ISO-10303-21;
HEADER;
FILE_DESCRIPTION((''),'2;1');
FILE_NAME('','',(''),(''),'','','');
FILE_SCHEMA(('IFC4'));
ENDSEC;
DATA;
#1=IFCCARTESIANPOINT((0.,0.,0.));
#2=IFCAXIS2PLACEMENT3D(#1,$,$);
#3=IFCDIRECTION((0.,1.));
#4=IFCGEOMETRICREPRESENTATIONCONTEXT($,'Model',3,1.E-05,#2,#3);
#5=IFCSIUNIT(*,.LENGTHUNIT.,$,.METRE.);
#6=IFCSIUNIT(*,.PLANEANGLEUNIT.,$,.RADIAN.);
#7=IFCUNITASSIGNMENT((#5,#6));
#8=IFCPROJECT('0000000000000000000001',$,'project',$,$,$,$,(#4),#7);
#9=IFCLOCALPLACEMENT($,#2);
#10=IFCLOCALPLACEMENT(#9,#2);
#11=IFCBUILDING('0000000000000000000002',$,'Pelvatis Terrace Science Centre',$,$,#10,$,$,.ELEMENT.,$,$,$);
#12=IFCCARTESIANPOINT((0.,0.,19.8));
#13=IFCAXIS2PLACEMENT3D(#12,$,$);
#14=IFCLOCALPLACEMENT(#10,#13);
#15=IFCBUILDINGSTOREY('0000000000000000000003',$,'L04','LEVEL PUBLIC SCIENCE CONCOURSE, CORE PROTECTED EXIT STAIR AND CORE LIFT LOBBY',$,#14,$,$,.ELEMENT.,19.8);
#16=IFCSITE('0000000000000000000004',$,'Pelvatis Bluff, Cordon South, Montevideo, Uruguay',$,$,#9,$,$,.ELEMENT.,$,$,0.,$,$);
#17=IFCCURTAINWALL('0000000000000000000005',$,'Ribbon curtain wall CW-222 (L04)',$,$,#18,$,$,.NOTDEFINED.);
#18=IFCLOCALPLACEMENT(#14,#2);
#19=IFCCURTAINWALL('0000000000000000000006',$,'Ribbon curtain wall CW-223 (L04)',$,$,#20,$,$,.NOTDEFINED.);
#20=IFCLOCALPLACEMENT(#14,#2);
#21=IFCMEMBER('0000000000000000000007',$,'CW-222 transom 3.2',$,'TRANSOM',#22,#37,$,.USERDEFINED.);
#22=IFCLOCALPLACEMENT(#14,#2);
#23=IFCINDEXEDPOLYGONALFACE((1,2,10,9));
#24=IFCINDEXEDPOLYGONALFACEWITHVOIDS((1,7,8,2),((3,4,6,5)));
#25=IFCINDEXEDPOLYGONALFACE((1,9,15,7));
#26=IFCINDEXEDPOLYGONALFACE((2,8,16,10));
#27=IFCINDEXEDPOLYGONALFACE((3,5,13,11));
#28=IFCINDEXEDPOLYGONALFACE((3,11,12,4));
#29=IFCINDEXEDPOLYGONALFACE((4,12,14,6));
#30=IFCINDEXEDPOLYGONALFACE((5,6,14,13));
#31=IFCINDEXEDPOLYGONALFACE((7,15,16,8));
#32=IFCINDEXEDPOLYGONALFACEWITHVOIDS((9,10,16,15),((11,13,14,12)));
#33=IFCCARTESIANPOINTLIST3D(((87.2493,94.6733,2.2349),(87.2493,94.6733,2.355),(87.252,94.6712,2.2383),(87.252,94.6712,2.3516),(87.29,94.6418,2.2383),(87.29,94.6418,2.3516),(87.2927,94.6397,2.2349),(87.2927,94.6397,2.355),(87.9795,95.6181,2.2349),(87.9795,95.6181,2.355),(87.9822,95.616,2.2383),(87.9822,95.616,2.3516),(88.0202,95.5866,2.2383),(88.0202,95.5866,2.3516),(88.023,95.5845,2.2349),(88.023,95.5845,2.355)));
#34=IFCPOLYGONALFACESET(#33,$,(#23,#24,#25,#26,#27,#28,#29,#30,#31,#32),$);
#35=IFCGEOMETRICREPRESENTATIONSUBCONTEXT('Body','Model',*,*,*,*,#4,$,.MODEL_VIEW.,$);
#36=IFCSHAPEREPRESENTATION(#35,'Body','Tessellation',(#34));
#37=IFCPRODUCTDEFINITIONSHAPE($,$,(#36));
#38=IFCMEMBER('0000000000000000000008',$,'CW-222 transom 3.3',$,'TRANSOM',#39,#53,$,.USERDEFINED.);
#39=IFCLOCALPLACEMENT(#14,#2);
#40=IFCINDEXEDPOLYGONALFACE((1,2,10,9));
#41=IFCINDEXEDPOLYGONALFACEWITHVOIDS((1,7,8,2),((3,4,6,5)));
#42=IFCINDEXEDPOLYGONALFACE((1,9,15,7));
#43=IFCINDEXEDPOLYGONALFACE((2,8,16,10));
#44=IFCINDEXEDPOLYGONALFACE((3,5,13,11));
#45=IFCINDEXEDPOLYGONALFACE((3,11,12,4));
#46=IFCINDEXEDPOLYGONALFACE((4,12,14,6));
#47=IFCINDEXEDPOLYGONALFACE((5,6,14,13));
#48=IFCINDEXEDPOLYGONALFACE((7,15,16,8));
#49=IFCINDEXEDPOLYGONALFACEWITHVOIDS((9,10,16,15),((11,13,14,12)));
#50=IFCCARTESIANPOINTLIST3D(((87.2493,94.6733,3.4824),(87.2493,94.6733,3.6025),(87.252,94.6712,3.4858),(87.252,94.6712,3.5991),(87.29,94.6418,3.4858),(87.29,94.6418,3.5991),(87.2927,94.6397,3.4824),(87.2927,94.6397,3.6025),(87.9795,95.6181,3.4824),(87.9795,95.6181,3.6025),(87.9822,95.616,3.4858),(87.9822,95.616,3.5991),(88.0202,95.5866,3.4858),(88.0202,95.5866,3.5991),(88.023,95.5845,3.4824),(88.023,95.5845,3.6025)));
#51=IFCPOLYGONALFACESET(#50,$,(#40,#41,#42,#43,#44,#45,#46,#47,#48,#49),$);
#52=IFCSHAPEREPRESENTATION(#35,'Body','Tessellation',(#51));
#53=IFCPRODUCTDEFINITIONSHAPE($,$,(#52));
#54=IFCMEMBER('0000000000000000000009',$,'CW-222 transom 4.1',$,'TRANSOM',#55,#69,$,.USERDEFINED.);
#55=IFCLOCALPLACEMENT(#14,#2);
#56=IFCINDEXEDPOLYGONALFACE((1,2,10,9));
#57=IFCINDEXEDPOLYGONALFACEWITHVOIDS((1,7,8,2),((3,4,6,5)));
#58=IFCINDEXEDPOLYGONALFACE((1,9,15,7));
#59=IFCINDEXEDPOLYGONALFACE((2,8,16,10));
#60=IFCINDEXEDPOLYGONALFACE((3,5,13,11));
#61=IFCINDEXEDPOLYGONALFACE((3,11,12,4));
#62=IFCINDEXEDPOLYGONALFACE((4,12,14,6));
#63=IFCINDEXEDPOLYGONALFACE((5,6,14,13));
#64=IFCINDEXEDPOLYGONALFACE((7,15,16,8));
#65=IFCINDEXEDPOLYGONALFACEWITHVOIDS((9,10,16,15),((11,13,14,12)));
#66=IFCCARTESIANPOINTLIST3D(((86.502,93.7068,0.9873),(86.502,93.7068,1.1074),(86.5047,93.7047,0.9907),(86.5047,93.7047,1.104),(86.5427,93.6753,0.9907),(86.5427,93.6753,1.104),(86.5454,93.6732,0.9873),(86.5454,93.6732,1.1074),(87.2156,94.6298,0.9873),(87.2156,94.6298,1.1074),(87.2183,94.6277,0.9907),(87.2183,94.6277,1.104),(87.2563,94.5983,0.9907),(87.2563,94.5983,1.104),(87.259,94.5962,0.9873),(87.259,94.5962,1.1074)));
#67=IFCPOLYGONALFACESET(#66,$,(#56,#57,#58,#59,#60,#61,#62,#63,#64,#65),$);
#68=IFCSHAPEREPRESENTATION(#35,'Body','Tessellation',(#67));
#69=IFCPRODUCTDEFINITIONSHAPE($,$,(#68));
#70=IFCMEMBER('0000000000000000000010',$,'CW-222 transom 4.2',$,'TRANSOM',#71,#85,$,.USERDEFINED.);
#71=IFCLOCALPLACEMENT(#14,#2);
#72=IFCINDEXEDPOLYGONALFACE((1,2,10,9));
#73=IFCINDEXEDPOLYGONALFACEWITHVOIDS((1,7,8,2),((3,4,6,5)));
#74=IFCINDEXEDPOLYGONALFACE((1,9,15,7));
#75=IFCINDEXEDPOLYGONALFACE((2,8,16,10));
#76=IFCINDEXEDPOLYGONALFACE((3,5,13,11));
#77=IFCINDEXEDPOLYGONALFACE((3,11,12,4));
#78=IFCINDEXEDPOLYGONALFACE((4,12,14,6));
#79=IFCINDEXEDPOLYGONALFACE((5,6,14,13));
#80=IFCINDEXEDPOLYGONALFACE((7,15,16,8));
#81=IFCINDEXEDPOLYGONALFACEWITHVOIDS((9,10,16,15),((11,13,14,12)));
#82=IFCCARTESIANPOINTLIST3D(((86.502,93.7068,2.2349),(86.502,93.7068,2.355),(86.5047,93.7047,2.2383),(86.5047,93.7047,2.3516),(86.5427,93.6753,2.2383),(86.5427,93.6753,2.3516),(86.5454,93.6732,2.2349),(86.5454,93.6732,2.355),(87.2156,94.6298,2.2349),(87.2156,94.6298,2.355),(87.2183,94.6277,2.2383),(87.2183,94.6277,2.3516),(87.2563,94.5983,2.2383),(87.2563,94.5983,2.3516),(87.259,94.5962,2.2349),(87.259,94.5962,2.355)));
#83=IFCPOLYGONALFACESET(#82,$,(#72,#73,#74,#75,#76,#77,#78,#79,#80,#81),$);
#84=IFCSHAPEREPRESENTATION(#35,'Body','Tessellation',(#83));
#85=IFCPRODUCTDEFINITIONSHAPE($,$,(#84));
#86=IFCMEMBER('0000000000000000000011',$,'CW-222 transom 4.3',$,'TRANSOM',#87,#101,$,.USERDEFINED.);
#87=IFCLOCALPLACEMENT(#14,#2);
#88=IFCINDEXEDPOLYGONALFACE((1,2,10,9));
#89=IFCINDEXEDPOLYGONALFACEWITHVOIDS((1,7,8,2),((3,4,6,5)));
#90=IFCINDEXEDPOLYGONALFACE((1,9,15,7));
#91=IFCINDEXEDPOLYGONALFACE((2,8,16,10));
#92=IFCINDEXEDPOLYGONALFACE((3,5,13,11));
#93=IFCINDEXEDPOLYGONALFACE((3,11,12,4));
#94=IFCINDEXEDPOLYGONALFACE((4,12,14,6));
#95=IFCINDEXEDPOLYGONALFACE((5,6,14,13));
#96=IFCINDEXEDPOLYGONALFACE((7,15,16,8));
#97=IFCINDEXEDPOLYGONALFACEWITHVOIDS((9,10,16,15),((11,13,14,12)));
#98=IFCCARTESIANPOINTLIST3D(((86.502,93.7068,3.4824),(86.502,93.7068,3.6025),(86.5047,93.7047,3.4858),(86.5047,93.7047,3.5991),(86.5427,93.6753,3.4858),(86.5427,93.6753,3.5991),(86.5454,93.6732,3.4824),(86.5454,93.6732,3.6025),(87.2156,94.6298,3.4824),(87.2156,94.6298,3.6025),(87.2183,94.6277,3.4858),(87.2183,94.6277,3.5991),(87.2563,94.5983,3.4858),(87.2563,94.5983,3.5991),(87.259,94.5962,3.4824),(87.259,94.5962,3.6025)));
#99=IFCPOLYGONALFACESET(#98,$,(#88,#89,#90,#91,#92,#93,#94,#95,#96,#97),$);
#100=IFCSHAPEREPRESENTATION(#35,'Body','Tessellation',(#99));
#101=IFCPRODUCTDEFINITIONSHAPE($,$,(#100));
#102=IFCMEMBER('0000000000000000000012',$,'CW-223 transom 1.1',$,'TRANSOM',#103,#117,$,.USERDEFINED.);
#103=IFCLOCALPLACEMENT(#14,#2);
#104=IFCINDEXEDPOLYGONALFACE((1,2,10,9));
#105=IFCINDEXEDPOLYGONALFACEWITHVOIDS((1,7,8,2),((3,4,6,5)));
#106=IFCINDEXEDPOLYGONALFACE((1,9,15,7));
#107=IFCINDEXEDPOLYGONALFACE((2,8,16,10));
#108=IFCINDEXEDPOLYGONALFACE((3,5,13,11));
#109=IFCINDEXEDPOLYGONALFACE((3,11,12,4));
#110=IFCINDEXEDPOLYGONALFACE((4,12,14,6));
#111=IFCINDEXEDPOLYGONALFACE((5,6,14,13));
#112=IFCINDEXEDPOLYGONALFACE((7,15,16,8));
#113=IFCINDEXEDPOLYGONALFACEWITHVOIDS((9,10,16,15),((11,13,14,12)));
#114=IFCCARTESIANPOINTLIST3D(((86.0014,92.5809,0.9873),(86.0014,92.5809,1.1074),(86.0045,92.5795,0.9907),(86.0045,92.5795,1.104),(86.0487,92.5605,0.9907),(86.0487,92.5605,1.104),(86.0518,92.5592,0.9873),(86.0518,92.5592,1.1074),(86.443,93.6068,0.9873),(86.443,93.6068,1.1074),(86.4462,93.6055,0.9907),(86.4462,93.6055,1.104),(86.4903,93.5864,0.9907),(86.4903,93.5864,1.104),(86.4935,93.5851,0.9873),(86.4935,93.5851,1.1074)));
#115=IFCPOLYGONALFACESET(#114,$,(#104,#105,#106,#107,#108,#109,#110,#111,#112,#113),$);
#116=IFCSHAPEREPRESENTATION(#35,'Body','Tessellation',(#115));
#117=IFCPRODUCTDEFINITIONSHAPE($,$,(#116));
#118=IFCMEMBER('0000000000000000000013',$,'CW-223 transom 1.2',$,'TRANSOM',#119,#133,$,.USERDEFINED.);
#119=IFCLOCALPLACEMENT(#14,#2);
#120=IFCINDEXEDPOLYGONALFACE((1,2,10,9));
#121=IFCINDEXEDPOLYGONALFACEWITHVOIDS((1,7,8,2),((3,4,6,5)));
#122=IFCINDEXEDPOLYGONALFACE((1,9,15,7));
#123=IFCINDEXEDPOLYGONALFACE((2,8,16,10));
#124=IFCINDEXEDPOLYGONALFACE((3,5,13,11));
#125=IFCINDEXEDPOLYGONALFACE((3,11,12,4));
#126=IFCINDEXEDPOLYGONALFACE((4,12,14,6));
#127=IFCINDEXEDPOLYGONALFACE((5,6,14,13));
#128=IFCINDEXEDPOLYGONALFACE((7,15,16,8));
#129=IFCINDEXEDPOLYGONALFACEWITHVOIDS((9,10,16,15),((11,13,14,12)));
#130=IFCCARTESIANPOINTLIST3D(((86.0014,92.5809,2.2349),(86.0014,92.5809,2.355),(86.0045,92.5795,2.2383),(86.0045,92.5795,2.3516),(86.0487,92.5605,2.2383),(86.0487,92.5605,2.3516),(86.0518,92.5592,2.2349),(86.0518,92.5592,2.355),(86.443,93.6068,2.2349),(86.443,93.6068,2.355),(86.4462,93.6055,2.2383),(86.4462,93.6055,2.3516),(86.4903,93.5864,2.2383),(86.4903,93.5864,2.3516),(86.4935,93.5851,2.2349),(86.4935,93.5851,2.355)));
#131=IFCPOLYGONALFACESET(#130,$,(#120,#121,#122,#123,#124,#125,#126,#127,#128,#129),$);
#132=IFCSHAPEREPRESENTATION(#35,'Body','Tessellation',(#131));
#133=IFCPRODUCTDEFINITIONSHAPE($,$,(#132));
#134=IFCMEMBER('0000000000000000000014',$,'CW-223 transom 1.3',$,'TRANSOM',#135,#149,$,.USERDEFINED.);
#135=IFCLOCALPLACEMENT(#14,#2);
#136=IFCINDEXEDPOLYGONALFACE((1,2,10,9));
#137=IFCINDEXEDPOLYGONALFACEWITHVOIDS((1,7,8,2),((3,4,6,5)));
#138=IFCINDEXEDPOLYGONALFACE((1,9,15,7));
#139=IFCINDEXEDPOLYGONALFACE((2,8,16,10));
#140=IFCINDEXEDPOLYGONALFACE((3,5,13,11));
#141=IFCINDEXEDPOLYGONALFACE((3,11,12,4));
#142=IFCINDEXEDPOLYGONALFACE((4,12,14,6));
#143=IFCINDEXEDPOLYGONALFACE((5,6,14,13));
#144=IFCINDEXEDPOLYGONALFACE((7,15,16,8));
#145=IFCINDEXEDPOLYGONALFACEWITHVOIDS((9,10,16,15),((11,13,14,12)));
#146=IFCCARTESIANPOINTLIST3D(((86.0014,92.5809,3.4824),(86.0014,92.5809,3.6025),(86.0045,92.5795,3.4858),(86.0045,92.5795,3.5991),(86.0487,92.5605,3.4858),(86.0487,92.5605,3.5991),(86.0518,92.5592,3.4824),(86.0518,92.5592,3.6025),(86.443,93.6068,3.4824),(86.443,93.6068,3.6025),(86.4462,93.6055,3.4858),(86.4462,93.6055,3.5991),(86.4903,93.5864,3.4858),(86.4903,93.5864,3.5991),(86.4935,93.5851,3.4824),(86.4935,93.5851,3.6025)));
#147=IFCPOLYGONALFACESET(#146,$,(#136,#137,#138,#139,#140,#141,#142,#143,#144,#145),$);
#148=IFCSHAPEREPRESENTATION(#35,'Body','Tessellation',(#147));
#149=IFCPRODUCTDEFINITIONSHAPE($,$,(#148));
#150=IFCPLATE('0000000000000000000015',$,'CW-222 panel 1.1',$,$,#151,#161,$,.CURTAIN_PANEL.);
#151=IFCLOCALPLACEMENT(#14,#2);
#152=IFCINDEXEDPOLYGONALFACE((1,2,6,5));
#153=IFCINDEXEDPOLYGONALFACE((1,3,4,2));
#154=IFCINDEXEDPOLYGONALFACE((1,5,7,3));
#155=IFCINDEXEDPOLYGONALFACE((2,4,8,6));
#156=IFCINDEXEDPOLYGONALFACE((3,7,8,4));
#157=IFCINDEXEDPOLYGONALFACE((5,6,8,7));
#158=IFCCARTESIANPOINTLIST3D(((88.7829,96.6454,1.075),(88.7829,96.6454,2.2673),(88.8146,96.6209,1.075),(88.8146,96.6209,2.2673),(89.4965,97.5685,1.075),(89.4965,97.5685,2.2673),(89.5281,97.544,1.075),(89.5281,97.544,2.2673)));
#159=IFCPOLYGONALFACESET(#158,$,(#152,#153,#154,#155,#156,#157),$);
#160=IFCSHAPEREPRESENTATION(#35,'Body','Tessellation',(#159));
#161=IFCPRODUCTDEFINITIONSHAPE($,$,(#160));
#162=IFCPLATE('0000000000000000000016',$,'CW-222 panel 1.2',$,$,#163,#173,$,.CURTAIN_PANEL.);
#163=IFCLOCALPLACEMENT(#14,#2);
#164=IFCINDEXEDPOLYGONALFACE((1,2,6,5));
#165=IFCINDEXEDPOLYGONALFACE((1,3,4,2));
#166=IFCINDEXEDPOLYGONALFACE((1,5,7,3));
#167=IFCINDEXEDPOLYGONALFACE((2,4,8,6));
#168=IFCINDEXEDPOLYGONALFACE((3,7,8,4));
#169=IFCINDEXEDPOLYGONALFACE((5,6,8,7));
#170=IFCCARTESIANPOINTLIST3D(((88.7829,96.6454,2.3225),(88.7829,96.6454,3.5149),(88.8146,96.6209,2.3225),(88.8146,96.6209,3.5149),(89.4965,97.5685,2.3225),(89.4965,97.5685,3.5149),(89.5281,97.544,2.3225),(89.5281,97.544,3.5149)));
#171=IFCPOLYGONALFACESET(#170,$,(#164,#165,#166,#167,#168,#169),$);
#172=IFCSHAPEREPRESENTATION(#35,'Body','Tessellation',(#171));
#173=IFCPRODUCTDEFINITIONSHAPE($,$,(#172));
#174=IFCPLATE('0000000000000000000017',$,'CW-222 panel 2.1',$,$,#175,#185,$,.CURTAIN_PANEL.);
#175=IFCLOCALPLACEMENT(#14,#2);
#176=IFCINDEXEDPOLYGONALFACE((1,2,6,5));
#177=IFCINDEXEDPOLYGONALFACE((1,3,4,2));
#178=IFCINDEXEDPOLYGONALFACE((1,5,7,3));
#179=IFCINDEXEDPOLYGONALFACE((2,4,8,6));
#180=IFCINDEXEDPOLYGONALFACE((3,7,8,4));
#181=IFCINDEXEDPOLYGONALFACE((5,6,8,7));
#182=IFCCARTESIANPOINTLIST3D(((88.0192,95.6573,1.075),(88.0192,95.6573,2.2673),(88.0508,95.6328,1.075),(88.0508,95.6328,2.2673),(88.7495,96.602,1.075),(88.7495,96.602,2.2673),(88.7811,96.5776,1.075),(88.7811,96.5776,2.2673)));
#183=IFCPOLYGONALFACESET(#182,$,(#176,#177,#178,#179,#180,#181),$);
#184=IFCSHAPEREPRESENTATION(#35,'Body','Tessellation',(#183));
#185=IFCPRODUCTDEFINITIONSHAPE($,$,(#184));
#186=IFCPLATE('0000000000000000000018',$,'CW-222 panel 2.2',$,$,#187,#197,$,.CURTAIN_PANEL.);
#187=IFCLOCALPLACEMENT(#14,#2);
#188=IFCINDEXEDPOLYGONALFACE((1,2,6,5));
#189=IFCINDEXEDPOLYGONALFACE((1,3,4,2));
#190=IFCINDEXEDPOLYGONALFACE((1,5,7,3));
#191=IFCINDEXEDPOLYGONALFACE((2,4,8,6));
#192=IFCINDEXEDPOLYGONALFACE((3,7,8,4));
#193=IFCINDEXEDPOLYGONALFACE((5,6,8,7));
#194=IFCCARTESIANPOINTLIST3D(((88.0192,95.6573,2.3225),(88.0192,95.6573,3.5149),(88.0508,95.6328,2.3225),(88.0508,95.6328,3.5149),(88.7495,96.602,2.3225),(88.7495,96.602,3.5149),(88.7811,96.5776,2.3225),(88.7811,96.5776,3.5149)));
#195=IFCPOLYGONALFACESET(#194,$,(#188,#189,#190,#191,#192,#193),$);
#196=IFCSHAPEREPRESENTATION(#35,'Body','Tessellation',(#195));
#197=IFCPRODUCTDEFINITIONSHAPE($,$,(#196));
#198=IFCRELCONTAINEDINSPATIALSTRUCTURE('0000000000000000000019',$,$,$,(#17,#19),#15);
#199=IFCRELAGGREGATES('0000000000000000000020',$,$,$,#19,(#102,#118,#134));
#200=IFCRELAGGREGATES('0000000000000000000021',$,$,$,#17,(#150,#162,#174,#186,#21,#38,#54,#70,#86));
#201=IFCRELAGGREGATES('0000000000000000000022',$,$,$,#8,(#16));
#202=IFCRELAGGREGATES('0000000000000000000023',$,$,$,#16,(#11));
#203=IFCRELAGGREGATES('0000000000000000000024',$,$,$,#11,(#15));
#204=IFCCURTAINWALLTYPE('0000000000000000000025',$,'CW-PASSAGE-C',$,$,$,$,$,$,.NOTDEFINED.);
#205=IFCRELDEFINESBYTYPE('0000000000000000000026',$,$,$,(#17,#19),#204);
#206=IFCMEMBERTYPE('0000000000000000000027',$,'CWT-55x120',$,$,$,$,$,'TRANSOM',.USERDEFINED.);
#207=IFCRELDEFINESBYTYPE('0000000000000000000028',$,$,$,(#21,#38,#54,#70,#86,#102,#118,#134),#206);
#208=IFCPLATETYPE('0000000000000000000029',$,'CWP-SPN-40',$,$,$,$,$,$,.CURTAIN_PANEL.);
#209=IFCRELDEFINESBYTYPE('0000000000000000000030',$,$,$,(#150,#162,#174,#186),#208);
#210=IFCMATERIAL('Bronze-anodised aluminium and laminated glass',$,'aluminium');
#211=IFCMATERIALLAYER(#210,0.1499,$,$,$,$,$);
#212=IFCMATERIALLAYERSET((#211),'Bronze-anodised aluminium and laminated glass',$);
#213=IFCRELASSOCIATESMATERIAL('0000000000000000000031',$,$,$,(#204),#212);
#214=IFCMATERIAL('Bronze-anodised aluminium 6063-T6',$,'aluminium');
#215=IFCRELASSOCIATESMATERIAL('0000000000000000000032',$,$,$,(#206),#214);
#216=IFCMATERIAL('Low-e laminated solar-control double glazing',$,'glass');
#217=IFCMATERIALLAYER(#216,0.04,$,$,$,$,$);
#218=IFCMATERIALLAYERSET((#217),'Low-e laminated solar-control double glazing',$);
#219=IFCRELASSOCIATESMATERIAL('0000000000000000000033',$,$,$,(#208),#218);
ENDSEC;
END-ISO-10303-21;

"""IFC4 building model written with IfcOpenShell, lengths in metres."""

from ifc_helpers import new_model, si_unit, direction, frame, origin, origin_2d, place, context, subcontext, project, spatial, rectangle, hollow_rectangle, extrude, material, layer, layer_set, material_profile, profile_set, type_object, element, aggregate, save


model = new_model("IFC4")

# Units and contexts
model_context = context("Model", 3, precision=1e-05, world=origin(), true_north=direction((0.0, 1.0)))
body_context = subcontext(model_context, "Body", "Model", "MODEL_VIEW")
ifc_project = project(units=[si_unit("LENGTHUNIT", "METRE"), si_unit("PLANEANGLEUNIT", "RADIAN")], contexts=[model_context])

# Site, building, storey
site_placement = place(None, origin())
site = spatial("IfcSite", under=ifc_project, at=site_placement, Name="Pelvatis Bluff, Cordon South, Montevideo, Uruguay", CompositionType="ELEMENT", RefElevation=0.0)
building_placement = place(site_placement, origin())
building = spatial("IfcBuilding", under=site, at=building_placement, Name="Pelvatis Terrace Science Centre", CompositionType="ELEMENT")
storey_placement = place(building_placement, frame((0.0, 0.0, 19.8)))
storey = spatial("IfcBuildingStorey", under=building, at=storey_placement, Name="L04", Description="LEVEL PUBLIC SCIENCE CONCOURSE, CORE PROTECTED EXIT STAIR AND CORE LIFT LOBBY", CompositionType="ELEMENT", Elevation=19.8)

# Curtain wall
ifc_material_1 = material(Name="Bronze-anodised aluminium and laminated glass", Category="aluminium")
ifc_layer_1 = layer(ifc_material_1, 0.1499)
ifc_layer_set_1 = layer_set([ifc_layer_1], Name="Bronze-anodised aluminium and laminated glass")
curtain_wall_type = type_object("IfcCurtainWallType", Name="CW-PASSAGE-C", PredefinedType="NOTDEFINED", material=ifc_layer_set_1)
curtain_wall_1_placement = place(storey_placement, origin())
curtain_wall_1 = element("IfcCurtainWall", 1, at=curtain_wall_1_placement, inside=storey, type_object=curtain_wall_type, Name="Ribbon curtain wall CW-222 (L04)", PredefinedType="NOTDEFINED")

# Curtain wall
curtain_wall_2_placement = place(storey_placement, origin())
curtain_wall_2 = element("IfcCurtainWall", 2, at=curtain_wall_2_placement, inside=storey, type_object=curtain_wall_type, Name="Ribbon curtain wall CW-223 (L04)", PredefinedType="NOTDEFINED")

# Members
ifc_material_2 = material(Name="Bronze-anodised aluminium 6063-T6", Category="aluminium")
ifc_material_profile_1 = material_profile(ifc_material_2, hollow_rectangle(XDim=0.0549, YDim=0.1201, WallThickness=0.0034, at=origin_2d()), Name="ALU-TRN 55x120")
ifc_profile_set_1 = profile_set([ifc_material_profile_1], Name="Bronze-anodised aluminium 6063-T6")
member_type_1 = type_object("IfcMemberType", Name="CWT-55x120", ElementType="TRANSOM", PredefinedType="USERDEFINED", material=ifc_profile_set_1)
member_1_placement = place(storey_placement, frame((88.0012, 95.6013, 2.2949), z_axis=(-0.611517, -0.791231, 0.0), x_axis=(0.791231, -0.611517, 0.0)))
member_1 = element("IfcMember", 3, at=member_1_placement, type_object=member_type_1, Name="CW-222 transom 3.2", ObjectType="TRANSOM", PredefinedType="USERDEFINED", context=body_context, shape_type="SweptSolid", body=[
    extrude(hollow_rectangle(XDim=0.0549, YDim=0.1201, WallThickness=0.0034, at=origin_2d()), origin(), (0.0, 0.0, 1.0), 1.1941),
])
member_2_placement = place(storey_placement, frame((88.0012, 95.6013, 3.5425), z_axis=(-0.611517, -0.791231, 0.0), x_axis=(0.791231, -0.611517, 0.0)))
member_2 = element("IfcMember", 4, at=member_2_placement, type_object=member_type_1, Name="CW-222 transom 3.3", ObjectType="TRANSOM", PredefinedType="USERDEFINED", context=body_context, shape_type="SweptSolid", body=[
    extrude(hollow_rectangle(XDim=0.0549, YDim=0.1201, WallThickness=0.0034, at=origin_2d()), origin(), (0.0, 0.0, 1.0), 1.1941),
])
member_3_placement = place(storey_placement, frame((87.2373, 94.613, 1.0474), z_axis=(-0.61162, -0.791152, 0.0), x_axis=(0.791152, -0.61162, 0.0)))
member_3 = element("IfcMember", 5, at=member_3_placement, type_object=member_type_1, Name="CW-222 transom 4.1", ObjectType="TRANSOM", PredefinedType="USERDEFINED", context=body_context, shape_type="SweptSolid", body=[
    extrude(hollow_rectangle(XDim=0.0549, YDim=0.1201, WallThickness=0.0034, at=origin_2d()), origin(), (0.0, 0.0, 1.0), 1.1667),
])
member_4_placement = place(storey_placement, frame((87.2373, 94.613, 2.2949), z_axis=(-0.61162, -0.791152, 0.0), x_axis=(0.791152, -0.61162, 0.0)))
member_4 = element("IfcMember", 6, at=member_4_placement, type_object=member_type_1, Name="CW-222 transom 4.2", ObjectType="TRANSOM", PredefinedType="USERDEFINED", context=body_context, shape_type="SweptSolid", body=[
    extrude(hollow_rectangle(XDim=0.0549, YDim=0.1201, WallThickness=0.0034, at=origin_2d()), origin(), (0.0, 0.0, 1.0), 1.1667),
])
member_5_placement = place(storey_placement, frame((87.2373, 94.613, 3.5425), z_axis=(-0.61162, -0.791152, 0.0), x_axis=(0.791152, -0.61162, 0.0)))
member_5 = element("IfcMember", 7, at=member_5_placement, type_object=member_type_1, Name="CW-222 transom 4.3", ObjectType="TRANSOM", PredefinedType="USERDEFINED", context=body_context, shape_type="SweptSolid", body=[
    extrude(hollow_rectangle(XDim=0.0549, YDim=0.1201, WallThickness=0.0034, at=origin_2d()), origin(), (0.0, 0.0, 1.0), 1.1667),
])
member_6_placement = place(storey_placement, frame((86.4683, 93.5959, 1.0474), z_axis=(-0.395422, -0.918499, 0.0), x_axis=(0.918499, -0.395422, 0.0)))
member_6 = element("IfcMember", 8, at=member_6_placement, type_object=member_type_1, Name="CW-223 transom 1.1", ObjectType="TRANSOM", PredefinedType="USERDEFINED", context=body_context, shape_type="SweptSolid", body=[
    extrude(hollow_rectangle(XDim=0.0549, YDim=0.1201, WallThickness=0.0034, at=origin_2d()), origin(), (0.0, 0.0, 1.0), 1.1169),
])
member_7_placement = place(storey_placement, frame((86.4683, 93.5959, 2.2949), z_axis=(-0.395422, -0.918499, 0.0), x_axis=(0.918499, -0.395422, 0.0)))
member_7 = element("IfcMember", 9, at=member_7_placement, type_object=member_type_1, Name="CW-223 transom 1.2", ObjectType="TRANSOM", PredefinedType="USERDEFINED", context=body_context, shape_type="SweptSolid", body=[
    extrude(hollow_rectangle(XDim=0.0549, YDim=0.1201, WallThickness=0.0034, at=origin_2d()), origin(), (0.0, 0.0, 1.0), 1.1169),
])
member_8_placement = place(storey_placement, frame((86.4683, 93.5959, 3.5425), z_axis=(-0.395422, -0.918499, 0.0), x_axis=(0.918499, -0.395422, 0.0)))
member_8 = element("IfcMember", 10, at=member_8_placement, type_object=member_type_1, Name="CW-223 transom 1.3", ObjectType="TRANSOM", PredefinedType="USERDEFINED", context=body_context, shape_type="SweptSolid", body=[
    extrude(hollow_rectangle(XDim=0.0549, YDim=0.1201, WallThickness=0.0034, at=origin_2d()), origin(), (0.0, 0.0, 1.0), 1.1169),
])
aggregate(curtain_wall_2, [member_6, member_7, member_8])

# Plates
ifc_material_3 = material(Name="Low-e laminated solar-control double glazing", Category="glass")
ifc_layer_2 = layer(ifc_material_3, 0.04)
ifc_layer_set_2 = layer_set([ifc_layer_2], Name="Low-e laminated solar-control double glazing")
plate_type = type_object("IfcPlateType", Name="CWP-SPN-40", PredefinedType="CURTAIN_PANEL", material=ifc_layer_set_2)
plate_1_placement = place(storey_placement, frame((89.1555, 97.0947, 1.075), z_axis=(0.0, 0.0, 1.0), x_axis=(-0.611582, -0.791181, 0.0)))
plate_1 = element("IfcPlate", 11, at=plate_1_placement, type_object=plate_type, Name="CW-222 panel 1.1", PredefinedType="CURTAIN_PANEL", context=body_context, shape_type="SweptSolid", body=[
    extrude(rectangle(XDim=1.1667, YDim=0.04, at=origin_2d()), origin(), (0.0, 0.0, 1.0), 1.1924),
])
plate_2_placement = place(storey_placement, frame((89.1555, 97.0947, 2.3225), z_axis=(0.0, 0.0, 1.0), x_axis=(-0.611582, -0.791181, 0.0)))
plate_2 = element("IfcPlate", 12, at=plate_2_placement, type_object=plate_type, Name="CW-222 panel 1.2", PredefinedType="CURTAIN_PANEL", context=body_context, shape_type="SweptSolid", body=[
    extrude(rectangle(XDim=1.1667, YDim=0.04, at=origin_2d()), origin(), (0.0, 0.0, 1.0), 1.1924),
])
plate_3_placement = place(storey_placement, frame((88.4001, 96.1174, 1.075), z_axis=(0.0, 0.0, 1.0), x_axis=(-0.611582, -0.791181, 0.0)))
plate_3 = element("IfcPlate", 13, at=plate_3_placement, type_object=plate_type, Name="CW-222 panel 2.1", PredefinedType="CURTAIN_PANEL", context=body_context, shape_type="SweptSolid", body=[
    extrude(rectangle(XDim=1.1941, YDim=0.04, at=origin_2d()), origin(), (0.0, 0.0, 1.0), 1.1924),
])
plate_4_placement = place(storey_placement, frame((88.4001, 96.1174, 2.3225), z_axis=(0.0, 0.0, 1.0), x_axis=(-0.611582, -0.791181, 0.0)))
plate_4 = element("IfcPlate", 14, at=plate_4_placement, type_object=plate_type, Name="CW-222 panel 2.2", PredefinedType="CURTAIN_PANEL", context=body_context, shape_type="SweptSolid", body=[
    extrude(rectangle(XDim=1.1941, YDim=0.04, at=origin_2d()), origin(), (0.0, 0.0, 1.0), 1.1924),
])
aggregate(curtain_wall_1, [plate_1, plate_2, plate_3, plate_4, member_1, member_2, member_3, member_4, member_5])

save(model, "model.ifc")
